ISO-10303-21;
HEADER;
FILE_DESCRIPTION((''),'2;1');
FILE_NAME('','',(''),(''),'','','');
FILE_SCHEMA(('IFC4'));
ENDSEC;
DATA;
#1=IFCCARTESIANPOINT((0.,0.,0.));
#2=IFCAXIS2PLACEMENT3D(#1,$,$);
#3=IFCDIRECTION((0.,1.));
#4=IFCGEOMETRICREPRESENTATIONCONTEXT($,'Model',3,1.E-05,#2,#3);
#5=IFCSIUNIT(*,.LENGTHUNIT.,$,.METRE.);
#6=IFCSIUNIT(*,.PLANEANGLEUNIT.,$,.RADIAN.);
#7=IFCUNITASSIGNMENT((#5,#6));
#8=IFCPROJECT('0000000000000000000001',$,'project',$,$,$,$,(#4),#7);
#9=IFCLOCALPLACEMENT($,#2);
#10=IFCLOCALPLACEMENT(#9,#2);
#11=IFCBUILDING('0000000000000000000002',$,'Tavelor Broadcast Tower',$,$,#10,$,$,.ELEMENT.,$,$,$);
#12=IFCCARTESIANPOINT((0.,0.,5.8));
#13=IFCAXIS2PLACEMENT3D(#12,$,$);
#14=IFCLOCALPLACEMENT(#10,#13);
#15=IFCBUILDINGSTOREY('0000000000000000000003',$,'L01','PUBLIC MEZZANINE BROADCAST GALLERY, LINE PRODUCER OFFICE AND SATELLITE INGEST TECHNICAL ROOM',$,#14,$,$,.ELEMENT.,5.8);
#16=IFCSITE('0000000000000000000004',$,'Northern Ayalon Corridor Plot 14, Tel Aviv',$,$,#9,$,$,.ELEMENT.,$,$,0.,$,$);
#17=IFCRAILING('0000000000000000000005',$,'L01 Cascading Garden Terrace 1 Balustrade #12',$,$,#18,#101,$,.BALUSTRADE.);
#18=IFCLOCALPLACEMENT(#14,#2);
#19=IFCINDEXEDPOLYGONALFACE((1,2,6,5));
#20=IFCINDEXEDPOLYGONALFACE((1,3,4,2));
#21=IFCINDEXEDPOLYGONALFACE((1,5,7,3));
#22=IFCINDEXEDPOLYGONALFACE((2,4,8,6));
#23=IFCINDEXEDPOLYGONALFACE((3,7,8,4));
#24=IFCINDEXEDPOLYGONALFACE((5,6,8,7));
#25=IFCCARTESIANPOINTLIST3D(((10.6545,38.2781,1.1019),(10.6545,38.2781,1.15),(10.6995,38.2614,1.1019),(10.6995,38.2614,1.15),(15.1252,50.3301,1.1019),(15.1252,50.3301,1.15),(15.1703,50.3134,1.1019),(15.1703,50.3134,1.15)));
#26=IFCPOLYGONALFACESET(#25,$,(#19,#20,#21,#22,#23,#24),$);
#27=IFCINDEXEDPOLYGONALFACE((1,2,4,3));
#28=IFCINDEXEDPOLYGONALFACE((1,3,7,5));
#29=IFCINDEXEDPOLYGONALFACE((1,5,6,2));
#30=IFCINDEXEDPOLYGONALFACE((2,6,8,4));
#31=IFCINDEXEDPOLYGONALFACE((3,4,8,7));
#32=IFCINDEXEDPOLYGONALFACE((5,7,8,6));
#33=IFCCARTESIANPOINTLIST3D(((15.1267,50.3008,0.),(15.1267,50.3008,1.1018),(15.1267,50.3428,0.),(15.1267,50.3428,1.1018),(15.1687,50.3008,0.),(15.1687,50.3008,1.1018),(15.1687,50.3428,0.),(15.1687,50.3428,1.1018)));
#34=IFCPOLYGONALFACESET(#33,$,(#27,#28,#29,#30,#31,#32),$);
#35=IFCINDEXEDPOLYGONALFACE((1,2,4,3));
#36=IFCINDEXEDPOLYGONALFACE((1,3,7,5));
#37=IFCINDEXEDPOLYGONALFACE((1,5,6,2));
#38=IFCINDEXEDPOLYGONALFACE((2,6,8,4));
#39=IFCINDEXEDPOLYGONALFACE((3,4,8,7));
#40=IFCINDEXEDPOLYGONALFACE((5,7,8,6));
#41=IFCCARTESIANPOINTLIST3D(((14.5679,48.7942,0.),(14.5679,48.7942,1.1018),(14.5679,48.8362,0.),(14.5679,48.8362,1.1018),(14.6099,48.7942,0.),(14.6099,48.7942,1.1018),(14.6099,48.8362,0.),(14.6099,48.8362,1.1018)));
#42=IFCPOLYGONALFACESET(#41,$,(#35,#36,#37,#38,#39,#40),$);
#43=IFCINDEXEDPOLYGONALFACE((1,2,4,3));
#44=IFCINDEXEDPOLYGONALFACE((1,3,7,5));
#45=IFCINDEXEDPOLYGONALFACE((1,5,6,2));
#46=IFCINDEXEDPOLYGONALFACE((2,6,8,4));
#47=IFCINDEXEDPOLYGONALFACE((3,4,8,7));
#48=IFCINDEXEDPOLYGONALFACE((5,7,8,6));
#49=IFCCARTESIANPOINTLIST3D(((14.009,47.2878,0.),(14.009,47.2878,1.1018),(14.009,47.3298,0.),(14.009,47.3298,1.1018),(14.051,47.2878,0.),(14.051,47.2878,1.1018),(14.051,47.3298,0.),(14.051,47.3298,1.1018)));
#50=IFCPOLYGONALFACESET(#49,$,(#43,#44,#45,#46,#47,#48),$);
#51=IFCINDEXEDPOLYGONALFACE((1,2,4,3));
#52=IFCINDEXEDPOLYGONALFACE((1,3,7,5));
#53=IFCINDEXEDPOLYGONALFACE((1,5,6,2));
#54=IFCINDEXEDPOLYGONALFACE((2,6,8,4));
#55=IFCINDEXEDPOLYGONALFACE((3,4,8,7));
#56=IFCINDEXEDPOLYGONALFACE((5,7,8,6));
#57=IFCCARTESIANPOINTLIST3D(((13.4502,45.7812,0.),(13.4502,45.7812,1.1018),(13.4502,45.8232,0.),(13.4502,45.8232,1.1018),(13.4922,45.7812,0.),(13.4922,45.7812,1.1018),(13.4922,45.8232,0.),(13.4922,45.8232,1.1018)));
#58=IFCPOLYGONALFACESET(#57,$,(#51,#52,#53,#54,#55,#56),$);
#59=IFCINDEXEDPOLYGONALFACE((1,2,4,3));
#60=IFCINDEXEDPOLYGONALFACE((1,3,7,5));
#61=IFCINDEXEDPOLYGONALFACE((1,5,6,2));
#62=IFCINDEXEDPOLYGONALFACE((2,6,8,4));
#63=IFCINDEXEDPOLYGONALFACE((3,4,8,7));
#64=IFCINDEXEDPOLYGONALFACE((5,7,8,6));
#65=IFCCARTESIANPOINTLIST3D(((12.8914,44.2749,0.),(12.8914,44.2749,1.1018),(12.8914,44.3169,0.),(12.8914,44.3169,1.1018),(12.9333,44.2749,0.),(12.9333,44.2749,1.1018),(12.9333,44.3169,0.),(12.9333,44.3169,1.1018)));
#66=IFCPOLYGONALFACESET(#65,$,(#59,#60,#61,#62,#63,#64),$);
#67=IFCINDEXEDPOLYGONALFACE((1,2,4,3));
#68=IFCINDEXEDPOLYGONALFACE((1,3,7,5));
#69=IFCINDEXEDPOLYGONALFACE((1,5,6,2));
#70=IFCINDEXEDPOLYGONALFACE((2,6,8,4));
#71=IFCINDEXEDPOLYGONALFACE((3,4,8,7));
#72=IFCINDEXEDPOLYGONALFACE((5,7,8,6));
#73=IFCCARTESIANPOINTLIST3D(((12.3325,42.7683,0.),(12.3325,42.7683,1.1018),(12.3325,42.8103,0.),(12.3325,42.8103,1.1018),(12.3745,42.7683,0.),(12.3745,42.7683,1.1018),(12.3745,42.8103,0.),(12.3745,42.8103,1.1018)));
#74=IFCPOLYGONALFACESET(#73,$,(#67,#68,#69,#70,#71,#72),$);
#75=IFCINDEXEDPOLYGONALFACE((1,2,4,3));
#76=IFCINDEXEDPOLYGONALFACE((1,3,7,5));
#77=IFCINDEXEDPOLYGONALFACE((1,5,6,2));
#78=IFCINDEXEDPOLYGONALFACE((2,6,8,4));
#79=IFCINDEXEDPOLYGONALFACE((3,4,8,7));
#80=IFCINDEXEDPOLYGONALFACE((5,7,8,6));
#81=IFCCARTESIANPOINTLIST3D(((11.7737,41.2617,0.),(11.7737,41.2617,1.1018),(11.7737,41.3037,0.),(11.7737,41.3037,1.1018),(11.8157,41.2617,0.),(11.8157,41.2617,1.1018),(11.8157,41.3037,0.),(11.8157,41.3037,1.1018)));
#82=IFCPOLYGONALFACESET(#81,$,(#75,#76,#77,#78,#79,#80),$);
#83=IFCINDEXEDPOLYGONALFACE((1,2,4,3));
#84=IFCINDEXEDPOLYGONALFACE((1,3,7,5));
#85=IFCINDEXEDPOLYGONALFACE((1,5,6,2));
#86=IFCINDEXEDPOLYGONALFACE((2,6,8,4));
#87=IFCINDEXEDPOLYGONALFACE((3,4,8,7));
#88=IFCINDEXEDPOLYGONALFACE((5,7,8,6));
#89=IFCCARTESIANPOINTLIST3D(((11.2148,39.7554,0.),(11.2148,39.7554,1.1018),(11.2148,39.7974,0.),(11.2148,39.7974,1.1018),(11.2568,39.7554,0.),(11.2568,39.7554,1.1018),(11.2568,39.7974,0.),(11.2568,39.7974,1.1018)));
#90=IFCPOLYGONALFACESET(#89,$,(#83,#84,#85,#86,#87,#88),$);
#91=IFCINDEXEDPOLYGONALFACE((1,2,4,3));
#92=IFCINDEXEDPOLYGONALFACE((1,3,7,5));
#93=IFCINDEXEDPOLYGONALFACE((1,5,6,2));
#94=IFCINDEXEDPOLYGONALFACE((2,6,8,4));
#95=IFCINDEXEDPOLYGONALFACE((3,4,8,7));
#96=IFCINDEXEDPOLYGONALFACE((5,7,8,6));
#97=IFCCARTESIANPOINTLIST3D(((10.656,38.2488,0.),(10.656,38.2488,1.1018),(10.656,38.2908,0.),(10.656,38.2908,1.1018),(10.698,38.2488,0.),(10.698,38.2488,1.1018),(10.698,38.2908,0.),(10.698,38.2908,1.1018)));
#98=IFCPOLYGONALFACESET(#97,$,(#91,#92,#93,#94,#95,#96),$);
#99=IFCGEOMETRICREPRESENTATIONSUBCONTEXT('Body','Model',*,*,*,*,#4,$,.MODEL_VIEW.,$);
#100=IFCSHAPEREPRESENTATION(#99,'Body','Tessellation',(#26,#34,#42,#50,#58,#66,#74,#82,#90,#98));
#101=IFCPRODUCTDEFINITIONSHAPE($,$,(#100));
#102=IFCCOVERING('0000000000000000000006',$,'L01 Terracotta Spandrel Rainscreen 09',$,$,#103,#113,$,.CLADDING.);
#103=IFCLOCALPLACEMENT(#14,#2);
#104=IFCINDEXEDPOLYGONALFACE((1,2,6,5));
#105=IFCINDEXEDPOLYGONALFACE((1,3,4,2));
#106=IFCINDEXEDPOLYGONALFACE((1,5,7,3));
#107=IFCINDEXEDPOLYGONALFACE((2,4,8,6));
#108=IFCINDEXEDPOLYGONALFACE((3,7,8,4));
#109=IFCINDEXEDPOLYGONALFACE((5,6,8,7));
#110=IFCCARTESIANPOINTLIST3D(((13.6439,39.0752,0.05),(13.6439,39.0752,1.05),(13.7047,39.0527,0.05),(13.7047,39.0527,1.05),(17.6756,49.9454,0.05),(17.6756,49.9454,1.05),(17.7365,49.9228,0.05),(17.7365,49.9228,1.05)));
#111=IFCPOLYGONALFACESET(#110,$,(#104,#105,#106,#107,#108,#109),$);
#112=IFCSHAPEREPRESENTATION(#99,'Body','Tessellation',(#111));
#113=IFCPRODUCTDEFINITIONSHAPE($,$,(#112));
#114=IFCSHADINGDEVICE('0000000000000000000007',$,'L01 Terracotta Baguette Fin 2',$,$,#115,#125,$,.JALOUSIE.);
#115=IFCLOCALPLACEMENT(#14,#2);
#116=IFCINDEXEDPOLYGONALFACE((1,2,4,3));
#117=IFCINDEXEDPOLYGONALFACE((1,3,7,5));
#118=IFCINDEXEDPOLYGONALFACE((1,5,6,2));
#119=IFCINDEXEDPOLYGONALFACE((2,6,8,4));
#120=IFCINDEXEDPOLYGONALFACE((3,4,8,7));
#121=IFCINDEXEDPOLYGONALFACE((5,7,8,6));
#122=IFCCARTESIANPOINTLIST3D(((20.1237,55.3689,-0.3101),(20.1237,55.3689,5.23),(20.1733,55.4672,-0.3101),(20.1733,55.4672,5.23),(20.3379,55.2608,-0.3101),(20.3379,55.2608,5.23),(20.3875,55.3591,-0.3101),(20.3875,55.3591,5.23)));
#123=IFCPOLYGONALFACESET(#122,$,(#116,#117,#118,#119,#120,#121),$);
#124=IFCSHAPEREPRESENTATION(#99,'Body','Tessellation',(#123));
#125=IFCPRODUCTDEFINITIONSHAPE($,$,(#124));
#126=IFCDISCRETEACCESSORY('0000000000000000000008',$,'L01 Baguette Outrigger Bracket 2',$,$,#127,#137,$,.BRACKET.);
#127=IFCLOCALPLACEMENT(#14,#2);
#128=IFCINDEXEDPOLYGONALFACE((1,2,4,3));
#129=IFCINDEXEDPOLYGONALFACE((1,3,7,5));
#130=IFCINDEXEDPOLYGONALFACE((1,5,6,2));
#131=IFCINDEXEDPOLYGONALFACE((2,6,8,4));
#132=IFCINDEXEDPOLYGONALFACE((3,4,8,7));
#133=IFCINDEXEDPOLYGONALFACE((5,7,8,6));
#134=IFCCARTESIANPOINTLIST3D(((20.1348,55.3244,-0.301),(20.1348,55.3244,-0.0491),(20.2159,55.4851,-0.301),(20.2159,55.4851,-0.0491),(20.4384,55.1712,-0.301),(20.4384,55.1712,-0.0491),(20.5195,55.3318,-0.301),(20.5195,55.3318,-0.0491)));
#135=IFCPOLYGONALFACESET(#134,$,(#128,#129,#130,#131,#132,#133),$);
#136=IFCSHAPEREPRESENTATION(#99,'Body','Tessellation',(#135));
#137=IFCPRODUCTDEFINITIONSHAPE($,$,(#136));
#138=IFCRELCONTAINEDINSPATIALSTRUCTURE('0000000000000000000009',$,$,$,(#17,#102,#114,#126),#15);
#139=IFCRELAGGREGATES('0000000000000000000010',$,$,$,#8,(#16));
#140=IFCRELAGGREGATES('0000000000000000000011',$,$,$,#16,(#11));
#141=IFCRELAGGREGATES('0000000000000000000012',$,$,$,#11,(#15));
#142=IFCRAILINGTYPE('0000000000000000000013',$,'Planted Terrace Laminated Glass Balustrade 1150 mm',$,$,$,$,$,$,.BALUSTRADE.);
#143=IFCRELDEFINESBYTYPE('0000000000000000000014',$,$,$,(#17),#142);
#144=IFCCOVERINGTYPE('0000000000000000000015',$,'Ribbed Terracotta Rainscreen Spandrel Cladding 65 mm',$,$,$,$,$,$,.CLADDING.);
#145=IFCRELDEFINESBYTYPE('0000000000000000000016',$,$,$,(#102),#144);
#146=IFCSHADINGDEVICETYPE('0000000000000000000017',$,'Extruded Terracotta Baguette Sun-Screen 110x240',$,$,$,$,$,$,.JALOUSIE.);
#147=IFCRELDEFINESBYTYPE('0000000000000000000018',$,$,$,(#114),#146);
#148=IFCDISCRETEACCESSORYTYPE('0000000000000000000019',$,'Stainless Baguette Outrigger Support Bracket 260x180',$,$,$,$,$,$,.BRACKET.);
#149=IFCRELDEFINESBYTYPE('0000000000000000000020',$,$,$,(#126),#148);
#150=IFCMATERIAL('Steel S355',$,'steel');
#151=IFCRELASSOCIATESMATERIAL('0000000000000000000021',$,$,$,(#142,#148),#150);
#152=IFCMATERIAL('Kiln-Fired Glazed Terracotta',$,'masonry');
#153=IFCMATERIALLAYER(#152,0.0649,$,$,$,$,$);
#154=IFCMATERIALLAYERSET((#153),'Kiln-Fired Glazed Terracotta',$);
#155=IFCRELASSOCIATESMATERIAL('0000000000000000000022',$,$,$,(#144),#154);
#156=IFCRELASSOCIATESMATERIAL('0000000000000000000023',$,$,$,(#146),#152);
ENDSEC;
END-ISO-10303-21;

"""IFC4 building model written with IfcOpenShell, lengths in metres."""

from ifc_helpers import new_model, si_unit, direction, frame, origin, origin_2d, place, context, subcontext, project, spatial, rectangle, extrude, source, transform, mapped, material, layer, layer_set, type_object, type_shapes, element, save


model = new_model("IFC4")

# Units and contexts
model_context = context("Model", 3, precision=1e-05, world=origin(), true_north=direction((0.0, 1.0)))
body_context = subcontext(model_context, "Body", "Model", "MODEL_VIEW")
ifc_project = project(units=[si_unit("LENGTHUNIT", "METRE"), si_unit("PLANEANGLEUNIT", "RADIAN")], contexts=[model_context])

# Site, building, storey
site_placement = place(None, origin())
site = spatial("IfcSite", under=ifc_project, at=site_placement, Name="Northern Ayalon Corridor Plot 14, Tel Aviv", CompositionType="ELEMENT", RefElevation=0.0)
building_placement = place(site_placement, origin())
building = spatial("IfcBuilding", under=site, at=building_placement, Name="Tavelor Broadcast Tower", CompositionType="ELEMENT")
storey_placement = place(building_placement, frame((0.0, 0.0, 5.8)))
storey = spatial("IfcBuildingStorey", under=building, at=storey_placement, Name="L01", Description="PUBLIC MEZZANINE BROADCAST GALLERY, LINE PRODUCER OFFICE AND SATELLITE INGEST TECHNICAL ROOM", CompositionType="ELEMENT", Elevation=5.8)

# Railing
ifc_material_1 = material(Name="Steel S355", Category="steel")
railing_type = type_object("IfcRailingType", Name="Planted Terrace Laminated Glass Balustrade 1150 mm", PredefinedType="BALUSTRADE", material=ifc_material_1)
railing_placement = place(storey_placement, frame((15.1477, 50.3218, 0.0)))
element("IfcRailing", 1, at=railing_placement, inside=storey, type_object=railing_type, Name="L01 Cascading Garden Terrace 1 Balustrade #12", PredefinedType="BALUSTRADE", context=body_context, shape_type="SweptSolid", body=[
    extrude(rectangle(XDim=0.0481, YDim=0.0481, at=origin_2d()), frame((0.0, 0.0, 1.126), z_axis=(-0.347793, -0.937571, 0.0), x_axis=(0.937571, -0.347793, 0.0)), (0.0, 0.0, 1.0), 12.8545),
    extrude(rectangle(XDim=0.042, YDim=0.042, at=origin_2d()), origin(), (0.0, 0.0, 1.0), 1.1018),
    extrude(rectangle(XDim=0.042, YDim=0.042, at=origin_2d()), frame((-0.5588, -1.5066, 0.0)), (0.0, 0.0, 1.0), 1.1018),
    extrude(rectangle(XDim=0.042, YDim=0.042, at=origin_2d()), frame((-1.1177, -3.0129, 0.0)), (0.0, 0.0, 1.0), 1.1018),
    extrude(rectangle(XDim=0.042, YDim=0.042, at=origin_2d()), frame((-1.6765, -4.5195, 0.0)), (0.0, 0.0, 1.0), 1.1018),
    extrude(rectangle(XDim=0.042, YDim=0.042, at=origin_2d()), frame((-2.2354, -6.0259, 0.0)), (0.0, 0.0, 1.0), 1.1018),
    extrude(rectangle(XDim=0.042, YDim=0.042, at=origin_2d()), frame((-2.7942, -7.5325, 0.0)), (0.0, 0.0, 1.0), 1.1018),
    extrude(rectangle(XDim=0.042, YDim=0.042, at=origin_2d()), frame((-3.353, -9.0391, 0.0)), (0.0, 0.0, 1.0), 1.1018),
    extrude(rectangle(XDim=0.042, YDim=0.042, at=origin_2d()), frame((-3.9119, -10.5454, 0.0)), (0.0, 0.0, 1.0), 1.1018),
    extrude(rectangle(XDim=0.042, YDim=0.042, at=origin_2d()), frame((-4.4707, -12.052, 0.0)), (0.0, 0.0, 1.0), 1.1018),
])

# Covering
ifc_material_2 = material(Name="Kiln-Fired Glazed Terracotta", Category="masonry")
ifc_layer_1 = layer(ifc_material_2, 0.0649)
ifc_layer_set_1 = layer_set([ifc_layer_1], Name="Kiln-Fired Glazed Terracotta")
covering_type = type_object("IfcCoveringType", Name="Ribbed Terracotta Rainscreen Spandrel Cladding 65 mm", PredefinedType="CLADDING", material=ifc_layer_set_1)
covering_placement = place(storey_placement, frame((15.6902, 44.499, 0.05), z_axis=(0.0, 0.0, 1.0), x_axis=(-0.347754, -0.937586, 0.0)))
element("IfcCovering", 2, at=covering_placement, inside=storey, type_object=covering_type, Name="L01 Terracotta Spandrel Rainscreen 09", PredefinedType="CLADDING", context=body_context, shape_type="SweptSolid", body=[
    extrude(rectangle(XDim=11.5938, YDim=0.0649, at=origin_2d()), origin(), (0.0, 0.0, 1.0), 1.0),
])

# Shading device
shading_device_type = type_object("IfcShadingDeviceType", Name="Extruded Terracotta Baguette Sun-Screen 110x240", PredefinedType="JALOUSIE", material=ifc_material_2)
shared_shape_1 = source(origin(), body_context, "Body", "SweptSolid", [
    extrude(rectangle(XDim=0.1101, YDim=0.24, at=origin_2d()), origin(), (0.0, 0.0, 1.0), 5.54),
])
type_shapes(shading_device_type, [shared_shape_1])
shading_device_placement = place(storey_placement, frame((20.2556, 55.364, -0.3101), z_axis=(0.0, 0.0, 1.0), x_axis=(-0.450566, -0.892743, 0.0)))
element("IfcShadingDevice", 3, at=shading_device_placement, inside=storey, type_object=shading_device_type, Name="L01 Terracotta Baguette Fin 2", PredefinedType="JALOUSIE", context=body_context, shape_type="MappedRepresentation", body=[
    mapped(shared_shape_1, transform((0.0, 0.0, 0.0), scale=1.0)),
])

# Discrete accessory
discrete_accessory_type = type_object("IfcDiscreteAccessoryType", Name="Stainless Baguette Outrigger Support Bracket 260x180", PredefinedType="BRACKET", material=ifc_material_1)
shared_shape_2 = source(origin(), body_context, "Body", "SweptSolid", [
    extrude(rectangle(XDim=0.1799, YDim=0.3401, at=origin_2d()), origin(), (0.0, 0.0, 1.0), 0.252),
])
type_shapes(discrete_accessory_type, [shared_shape_2])
discrete_accessory_placement = place(storey_placement, frame((20.3271, 55.3281, -0.301), z_axis=(0.0, 0.0, 1.0), x_axis=(-0.450566, -0.892743, 0.0)))
element("IfcDiscreteAccessory", 4, at=discrete_accessory_placement, inside=storey, type_object=discrete_accessory_type, Name="L01 Baguette Outrigger Bracket 2", PredefinedType="BRACKET", context=body_context, shape_type="MappedRepresentation", body=[
    mapped(shared_shape_2, transform((0.0, 0.0, 0.0), scale=1.0)),
])

save(model, "model.ifc")
